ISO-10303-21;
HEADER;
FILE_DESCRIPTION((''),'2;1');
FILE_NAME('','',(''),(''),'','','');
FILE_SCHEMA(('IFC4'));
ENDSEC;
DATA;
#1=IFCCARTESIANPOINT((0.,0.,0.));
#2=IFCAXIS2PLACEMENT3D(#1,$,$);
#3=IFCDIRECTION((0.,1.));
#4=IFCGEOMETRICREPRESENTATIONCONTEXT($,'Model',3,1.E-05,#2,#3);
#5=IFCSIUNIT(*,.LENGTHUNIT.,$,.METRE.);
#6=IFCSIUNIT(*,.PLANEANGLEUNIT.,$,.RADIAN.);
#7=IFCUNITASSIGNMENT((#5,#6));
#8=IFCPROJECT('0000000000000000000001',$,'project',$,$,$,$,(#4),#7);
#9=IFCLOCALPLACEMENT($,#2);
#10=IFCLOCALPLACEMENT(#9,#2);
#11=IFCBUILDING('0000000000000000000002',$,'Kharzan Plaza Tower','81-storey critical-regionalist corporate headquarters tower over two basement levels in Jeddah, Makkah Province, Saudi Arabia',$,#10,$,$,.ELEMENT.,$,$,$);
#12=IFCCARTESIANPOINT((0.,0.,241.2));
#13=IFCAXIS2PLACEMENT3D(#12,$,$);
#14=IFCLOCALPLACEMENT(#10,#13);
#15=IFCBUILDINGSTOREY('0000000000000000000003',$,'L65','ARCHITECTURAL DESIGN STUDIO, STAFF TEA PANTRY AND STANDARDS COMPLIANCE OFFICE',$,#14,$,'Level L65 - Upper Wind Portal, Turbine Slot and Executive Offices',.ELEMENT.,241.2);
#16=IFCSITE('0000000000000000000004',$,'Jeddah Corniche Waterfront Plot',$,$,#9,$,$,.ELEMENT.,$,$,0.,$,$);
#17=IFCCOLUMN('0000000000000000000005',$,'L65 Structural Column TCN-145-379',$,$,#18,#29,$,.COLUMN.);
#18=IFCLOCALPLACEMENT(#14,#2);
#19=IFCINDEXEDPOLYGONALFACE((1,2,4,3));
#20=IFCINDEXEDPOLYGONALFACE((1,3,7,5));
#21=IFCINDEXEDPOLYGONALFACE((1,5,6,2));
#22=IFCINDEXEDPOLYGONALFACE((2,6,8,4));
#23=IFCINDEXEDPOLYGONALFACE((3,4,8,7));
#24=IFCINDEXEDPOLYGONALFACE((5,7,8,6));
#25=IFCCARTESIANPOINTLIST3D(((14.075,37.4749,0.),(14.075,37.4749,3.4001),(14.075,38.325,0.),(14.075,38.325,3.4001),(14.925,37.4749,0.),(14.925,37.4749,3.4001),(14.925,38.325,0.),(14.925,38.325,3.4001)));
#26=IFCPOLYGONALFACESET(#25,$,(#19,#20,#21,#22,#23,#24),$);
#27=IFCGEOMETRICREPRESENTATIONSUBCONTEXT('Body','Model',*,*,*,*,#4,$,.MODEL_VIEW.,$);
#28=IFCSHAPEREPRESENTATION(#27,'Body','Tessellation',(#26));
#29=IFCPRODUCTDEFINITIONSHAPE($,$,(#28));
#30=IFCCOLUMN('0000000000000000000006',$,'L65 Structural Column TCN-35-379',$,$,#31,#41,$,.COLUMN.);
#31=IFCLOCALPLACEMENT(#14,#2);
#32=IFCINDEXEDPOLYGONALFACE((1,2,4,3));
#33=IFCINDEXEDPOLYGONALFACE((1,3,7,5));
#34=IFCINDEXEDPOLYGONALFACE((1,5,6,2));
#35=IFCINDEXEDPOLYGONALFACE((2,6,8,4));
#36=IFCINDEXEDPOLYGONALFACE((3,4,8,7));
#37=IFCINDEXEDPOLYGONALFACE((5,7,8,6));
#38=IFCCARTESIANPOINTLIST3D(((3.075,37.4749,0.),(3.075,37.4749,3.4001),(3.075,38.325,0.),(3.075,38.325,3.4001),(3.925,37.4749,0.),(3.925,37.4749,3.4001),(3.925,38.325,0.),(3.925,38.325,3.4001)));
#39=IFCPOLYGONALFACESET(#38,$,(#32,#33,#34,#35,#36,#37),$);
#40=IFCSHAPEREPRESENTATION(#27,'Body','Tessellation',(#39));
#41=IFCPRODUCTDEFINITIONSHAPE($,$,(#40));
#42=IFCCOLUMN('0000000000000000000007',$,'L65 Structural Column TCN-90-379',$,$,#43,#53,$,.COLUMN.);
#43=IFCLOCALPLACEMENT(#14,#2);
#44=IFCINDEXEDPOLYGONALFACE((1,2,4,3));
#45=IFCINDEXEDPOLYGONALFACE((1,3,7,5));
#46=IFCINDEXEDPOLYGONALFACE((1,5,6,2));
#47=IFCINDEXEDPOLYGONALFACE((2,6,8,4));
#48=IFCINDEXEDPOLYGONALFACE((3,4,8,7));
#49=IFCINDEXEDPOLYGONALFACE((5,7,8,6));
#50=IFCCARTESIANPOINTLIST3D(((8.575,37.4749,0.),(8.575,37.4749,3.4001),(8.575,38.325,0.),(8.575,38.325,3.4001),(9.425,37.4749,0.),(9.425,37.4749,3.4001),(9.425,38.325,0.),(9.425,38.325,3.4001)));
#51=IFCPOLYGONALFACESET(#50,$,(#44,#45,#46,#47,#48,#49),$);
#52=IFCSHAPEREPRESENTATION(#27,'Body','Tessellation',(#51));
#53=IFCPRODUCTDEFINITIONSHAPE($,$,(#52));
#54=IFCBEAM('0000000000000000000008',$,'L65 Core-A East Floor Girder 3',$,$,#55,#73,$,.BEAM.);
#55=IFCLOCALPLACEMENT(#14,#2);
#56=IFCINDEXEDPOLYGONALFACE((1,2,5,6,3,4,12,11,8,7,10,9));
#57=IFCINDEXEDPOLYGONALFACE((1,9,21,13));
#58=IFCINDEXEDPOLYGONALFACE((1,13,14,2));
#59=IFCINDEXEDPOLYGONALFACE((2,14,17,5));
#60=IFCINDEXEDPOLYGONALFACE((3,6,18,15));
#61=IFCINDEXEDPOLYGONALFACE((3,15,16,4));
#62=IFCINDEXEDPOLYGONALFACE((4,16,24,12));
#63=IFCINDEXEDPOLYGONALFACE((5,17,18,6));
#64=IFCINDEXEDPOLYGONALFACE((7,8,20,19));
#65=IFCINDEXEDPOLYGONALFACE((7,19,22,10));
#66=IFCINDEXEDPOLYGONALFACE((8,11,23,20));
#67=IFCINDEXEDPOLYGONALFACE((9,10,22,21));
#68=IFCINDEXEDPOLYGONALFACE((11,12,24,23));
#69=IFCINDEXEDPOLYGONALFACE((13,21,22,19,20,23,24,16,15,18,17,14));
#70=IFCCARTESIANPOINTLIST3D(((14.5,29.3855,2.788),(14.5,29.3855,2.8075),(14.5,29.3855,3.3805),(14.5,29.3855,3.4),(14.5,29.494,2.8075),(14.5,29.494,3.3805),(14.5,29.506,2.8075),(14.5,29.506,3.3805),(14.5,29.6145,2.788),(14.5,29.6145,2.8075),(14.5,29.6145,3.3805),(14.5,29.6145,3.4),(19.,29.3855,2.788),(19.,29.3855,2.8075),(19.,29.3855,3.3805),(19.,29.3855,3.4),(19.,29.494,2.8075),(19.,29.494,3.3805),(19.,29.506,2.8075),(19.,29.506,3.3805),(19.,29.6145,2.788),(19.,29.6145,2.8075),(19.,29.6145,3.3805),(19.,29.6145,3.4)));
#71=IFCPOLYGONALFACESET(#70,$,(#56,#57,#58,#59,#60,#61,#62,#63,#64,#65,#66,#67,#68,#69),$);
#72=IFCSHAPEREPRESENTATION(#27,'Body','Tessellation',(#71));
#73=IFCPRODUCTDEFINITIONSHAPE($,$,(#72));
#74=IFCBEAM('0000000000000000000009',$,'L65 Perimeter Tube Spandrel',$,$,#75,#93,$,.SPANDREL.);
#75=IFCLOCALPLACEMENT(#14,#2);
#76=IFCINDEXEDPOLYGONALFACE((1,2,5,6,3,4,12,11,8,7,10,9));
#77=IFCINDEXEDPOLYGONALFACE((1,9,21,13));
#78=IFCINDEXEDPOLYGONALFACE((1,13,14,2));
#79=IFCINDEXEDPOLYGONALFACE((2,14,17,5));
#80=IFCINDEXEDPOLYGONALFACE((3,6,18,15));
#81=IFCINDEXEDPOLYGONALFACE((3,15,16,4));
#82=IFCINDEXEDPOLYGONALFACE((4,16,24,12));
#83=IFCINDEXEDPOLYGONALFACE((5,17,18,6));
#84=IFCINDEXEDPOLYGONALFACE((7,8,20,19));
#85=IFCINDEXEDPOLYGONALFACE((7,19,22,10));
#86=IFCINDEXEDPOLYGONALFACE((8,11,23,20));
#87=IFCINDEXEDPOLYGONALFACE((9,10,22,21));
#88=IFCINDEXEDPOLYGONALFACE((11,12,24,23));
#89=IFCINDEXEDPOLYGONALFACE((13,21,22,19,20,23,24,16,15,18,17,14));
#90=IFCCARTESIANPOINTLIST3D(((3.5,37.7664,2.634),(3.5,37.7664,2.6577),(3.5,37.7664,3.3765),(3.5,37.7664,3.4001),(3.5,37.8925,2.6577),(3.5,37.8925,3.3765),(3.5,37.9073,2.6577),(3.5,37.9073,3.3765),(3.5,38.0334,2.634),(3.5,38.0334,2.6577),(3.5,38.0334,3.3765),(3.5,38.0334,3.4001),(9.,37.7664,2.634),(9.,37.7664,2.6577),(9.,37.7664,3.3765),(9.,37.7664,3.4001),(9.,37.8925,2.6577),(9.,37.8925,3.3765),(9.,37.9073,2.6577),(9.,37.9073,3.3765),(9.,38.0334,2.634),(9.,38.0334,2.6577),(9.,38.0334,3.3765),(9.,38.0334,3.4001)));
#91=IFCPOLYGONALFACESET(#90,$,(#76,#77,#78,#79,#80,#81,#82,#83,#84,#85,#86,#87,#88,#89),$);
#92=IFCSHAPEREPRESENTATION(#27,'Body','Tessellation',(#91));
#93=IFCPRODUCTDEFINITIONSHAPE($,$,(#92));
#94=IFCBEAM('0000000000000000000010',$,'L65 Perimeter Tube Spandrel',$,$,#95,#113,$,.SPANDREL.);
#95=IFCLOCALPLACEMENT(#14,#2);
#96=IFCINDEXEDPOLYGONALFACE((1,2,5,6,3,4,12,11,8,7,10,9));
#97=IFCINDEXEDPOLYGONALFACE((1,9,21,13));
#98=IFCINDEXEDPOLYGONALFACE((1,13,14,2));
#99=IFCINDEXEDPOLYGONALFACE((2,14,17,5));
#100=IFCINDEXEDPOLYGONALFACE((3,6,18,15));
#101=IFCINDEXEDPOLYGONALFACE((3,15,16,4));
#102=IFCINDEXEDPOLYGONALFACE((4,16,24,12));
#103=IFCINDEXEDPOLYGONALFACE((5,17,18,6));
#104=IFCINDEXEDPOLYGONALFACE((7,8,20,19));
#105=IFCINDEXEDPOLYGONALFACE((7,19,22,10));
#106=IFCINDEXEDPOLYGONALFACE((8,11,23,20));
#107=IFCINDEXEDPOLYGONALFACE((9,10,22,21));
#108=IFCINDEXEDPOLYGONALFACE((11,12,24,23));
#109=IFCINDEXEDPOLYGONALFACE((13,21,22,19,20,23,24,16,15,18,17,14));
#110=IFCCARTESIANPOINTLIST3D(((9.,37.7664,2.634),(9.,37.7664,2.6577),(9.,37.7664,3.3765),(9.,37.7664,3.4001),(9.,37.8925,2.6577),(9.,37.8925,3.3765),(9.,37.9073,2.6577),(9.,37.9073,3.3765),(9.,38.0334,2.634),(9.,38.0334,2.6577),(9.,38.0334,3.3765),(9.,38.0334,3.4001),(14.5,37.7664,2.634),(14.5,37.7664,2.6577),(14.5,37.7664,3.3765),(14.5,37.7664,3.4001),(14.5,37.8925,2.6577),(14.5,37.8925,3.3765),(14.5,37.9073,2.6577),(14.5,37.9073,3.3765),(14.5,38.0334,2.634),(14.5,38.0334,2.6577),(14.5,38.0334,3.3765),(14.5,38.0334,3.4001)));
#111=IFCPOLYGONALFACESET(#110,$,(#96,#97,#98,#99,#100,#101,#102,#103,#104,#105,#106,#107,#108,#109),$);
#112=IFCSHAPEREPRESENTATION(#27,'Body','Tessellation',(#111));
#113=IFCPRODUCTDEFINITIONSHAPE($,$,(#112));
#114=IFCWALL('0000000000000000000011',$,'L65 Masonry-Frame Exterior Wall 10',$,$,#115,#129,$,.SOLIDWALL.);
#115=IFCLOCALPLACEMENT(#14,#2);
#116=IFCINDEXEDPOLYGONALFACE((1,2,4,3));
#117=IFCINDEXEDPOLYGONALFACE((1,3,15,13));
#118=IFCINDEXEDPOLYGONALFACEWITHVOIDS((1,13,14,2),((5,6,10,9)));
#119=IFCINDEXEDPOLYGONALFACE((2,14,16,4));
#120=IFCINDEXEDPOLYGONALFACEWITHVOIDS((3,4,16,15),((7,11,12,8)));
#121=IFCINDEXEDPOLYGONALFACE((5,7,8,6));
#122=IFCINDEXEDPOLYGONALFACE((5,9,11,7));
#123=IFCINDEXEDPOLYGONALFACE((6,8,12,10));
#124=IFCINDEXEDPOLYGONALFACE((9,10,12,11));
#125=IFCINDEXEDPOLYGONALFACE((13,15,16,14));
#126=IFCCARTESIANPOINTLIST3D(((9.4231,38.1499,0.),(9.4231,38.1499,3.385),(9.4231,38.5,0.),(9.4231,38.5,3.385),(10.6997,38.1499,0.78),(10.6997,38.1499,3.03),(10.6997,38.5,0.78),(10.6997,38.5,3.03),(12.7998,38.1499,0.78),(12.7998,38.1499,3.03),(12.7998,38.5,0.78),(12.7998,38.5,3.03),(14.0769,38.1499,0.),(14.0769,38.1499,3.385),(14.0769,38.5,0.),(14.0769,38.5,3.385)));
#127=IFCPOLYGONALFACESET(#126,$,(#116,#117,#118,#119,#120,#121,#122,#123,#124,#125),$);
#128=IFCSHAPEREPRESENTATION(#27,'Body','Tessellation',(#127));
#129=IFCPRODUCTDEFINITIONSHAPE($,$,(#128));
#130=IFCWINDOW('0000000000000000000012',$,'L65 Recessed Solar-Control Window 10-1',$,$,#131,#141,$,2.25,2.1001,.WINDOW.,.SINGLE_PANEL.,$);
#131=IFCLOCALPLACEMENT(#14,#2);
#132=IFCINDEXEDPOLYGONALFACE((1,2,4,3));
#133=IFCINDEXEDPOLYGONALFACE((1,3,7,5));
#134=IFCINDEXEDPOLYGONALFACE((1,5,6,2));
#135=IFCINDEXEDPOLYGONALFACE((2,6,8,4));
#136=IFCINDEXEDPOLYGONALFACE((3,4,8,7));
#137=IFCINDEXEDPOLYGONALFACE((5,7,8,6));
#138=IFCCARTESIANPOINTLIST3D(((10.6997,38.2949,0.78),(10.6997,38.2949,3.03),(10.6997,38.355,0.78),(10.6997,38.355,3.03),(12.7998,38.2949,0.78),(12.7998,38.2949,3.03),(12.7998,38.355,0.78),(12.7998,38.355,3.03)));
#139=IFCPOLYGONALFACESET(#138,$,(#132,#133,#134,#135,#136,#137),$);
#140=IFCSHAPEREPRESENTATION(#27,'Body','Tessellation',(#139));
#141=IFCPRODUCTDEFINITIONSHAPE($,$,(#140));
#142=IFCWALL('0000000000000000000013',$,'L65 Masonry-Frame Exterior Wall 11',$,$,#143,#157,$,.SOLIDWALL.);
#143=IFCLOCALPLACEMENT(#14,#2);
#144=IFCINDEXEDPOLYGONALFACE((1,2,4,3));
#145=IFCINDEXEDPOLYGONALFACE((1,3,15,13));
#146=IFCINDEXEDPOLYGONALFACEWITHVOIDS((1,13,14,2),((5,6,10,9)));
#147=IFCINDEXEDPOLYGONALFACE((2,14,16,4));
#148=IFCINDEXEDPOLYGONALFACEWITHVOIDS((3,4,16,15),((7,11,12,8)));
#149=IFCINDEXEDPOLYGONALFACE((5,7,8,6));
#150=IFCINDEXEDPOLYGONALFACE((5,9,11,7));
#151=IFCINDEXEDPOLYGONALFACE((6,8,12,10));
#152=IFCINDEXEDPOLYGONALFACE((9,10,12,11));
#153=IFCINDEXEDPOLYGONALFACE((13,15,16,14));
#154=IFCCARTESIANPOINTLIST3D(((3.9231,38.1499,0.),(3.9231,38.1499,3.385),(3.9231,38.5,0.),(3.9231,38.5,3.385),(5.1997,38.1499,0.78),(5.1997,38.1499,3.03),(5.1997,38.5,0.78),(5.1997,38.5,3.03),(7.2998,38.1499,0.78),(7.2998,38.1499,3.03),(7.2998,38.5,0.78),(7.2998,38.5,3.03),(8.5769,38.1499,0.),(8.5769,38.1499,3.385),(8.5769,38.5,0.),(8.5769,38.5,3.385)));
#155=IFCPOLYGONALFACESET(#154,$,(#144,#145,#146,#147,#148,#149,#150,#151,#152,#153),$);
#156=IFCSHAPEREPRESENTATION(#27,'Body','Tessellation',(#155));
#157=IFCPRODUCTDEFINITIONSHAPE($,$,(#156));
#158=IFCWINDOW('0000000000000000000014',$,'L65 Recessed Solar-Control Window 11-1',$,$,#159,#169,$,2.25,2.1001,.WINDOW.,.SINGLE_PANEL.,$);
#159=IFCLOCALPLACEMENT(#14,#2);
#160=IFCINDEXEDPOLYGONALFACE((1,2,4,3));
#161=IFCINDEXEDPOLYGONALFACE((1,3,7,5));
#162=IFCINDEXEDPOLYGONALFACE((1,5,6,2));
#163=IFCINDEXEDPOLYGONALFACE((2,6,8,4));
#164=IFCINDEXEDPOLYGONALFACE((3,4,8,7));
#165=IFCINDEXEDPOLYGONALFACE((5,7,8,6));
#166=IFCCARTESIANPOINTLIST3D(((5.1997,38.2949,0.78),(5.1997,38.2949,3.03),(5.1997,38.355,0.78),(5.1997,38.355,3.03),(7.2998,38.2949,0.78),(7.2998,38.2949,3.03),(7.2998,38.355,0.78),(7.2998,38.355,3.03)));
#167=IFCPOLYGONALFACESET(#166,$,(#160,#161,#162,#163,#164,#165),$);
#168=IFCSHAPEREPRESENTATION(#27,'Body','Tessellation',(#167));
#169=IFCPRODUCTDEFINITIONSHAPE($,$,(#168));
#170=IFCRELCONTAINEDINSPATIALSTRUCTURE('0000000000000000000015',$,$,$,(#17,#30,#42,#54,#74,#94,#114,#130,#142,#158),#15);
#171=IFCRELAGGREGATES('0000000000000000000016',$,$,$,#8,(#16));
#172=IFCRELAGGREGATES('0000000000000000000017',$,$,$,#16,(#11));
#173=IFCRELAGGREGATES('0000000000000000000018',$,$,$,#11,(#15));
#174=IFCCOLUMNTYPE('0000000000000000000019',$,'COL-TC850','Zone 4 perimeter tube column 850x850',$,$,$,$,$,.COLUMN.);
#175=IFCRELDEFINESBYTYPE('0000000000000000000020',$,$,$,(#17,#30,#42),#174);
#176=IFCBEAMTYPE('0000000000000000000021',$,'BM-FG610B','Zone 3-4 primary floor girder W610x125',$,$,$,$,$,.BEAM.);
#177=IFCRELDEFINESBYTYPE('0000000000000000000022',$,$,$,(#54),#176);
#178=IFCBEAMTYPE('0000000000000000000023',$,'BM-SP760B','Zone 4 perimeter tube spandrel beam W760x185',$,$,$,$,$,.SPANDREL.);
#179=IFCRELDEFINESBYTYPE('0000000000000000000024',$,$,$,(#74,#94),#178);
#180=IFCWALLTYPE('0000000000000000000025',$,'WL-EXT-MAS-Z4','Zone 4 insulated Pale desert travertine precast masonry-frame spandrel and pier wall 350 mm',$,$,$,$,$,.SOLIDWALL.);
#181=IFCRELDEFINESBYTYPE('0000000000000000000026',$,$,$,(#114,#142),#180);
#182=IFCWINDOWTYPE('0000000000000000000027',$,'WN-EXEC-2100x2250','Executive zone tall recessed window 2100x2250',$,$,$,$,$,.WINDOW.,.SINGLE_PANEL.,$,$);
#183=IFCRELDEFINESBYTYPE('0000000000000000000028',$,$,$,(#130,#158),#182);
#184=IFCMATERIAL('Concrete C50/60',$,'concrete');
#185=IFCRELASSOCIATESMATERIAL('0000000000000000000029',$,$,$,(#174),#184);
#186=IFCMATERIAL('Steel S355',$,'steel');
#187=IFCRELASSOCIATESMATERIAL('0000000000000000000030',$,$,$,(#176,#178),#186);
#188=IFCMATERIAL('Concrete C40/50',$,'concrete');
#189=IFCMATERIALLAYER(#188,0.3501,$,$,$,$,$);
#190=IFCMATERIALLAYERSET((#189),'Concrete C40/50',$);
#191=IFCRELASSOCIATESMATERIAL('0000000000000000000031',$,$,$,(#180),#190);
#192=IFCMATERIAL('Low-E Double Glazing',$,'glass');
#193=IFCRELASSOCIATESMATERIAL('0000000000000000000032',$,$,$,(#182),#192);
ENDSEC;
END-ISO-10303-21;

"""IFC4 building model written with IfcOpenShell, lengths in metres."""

from ifc_helpers import new_model, si_unit, direction, frame, frame_2d, origin, origin_2d, place, context, subcontext, project, spatial, rectangle, i_section, extrude, source, transform, mapped, material, layer, layer_set, material_profile, profile_set, type_object, element, fill, save


model = new_model("IFC4")

# Units and contexts
model_context = context("Model", 3, precision=1e-05, world=origin(), true_north=direction((0.0, 1.0)))
body_context = subcontext(model_context, "Body", "Model", "MODEL_VIEW")
ifc_project = project(units=[si_unit("LENGTHUNIT", "METRE"), si_unit("PLANEANGLEUNIT", "RADIAN")], contexts=[model_context])

# Site, building, storey
site_placement = place(None, origin())
site = spatial("IfcSite", under=ifc_project, at=site_placement, Name="Jeddah Corniche Waterfront Plot", CompositionType="ELEMENT", RefElevation=0.0)
building_placement = place(site_placement, origin())
building = spatial("IfcBuilding", under=site, at=building_placement, Name="Kharzan Plaza Tower", Description="81-storey critical-regionalist corporate headquarters tower over two basement levels in Jeddah, Makkah Province, Saudi Arabia", CompositionType="ELEMENT")
storey_placement = place(building_placement, frame((0.0, 0.0, 241.2)))
storey = spatial("IfcBuildingStorey", under=building, at=storey_placement, Name="L65", Description="ARCHITECTURAL DESIGN STUDIO, STAFF TEA PANTRY AND STANDARDS COMPLIANCE OFFICE", LongName="Level L65 - Upper Wind Portal, Turbine Slot and Executive Offices", CompositionType="ELEMENT", Elevation=241.2)

# Columns
ifc_material_1 = material(Name="Concrete C50/60", Category="concrete")
ifc_material_profile_1 = material_profile(ifc_material_1, rectangle(XDim=0.8501, YDim=0.8501, at=origin_2d()), Name="RC-TC850x850")
ifc_profile_set_1 = profile_set([ifc_material_profile_1], Name="Concrete C50/60")
column_type = type_object("IfcColumnType", Name="COL-TC850", Description="Zone 4 perimeter tube column 850x850", PredefinedType="COLUMN", material=ifc_profile_set_1)
shared_shape_1 = source(origin(), body_context, "Body", "SweptSolid", [
    extrude(rectangle(XDim=0.8501, YDim=0.8501, at=origin_2d()), origin(), (0.0, 0.0, 1.0), 3.4001),
])
for number, where, z_axis, x_axis, name in (
    (1, (14.5, 37.8999, 0.0), (0.0, 0.0, 1.0), (1.0, 0.0, 0.0), "L65 Structural Column TCN-145-379"),
    (2, (3.5, 37.8999, 0.0), (0.0, 0.0, 1.0), (1.0, 0.0, 0.0), "L65 Structural Column TCN-35-379"),
    (3, (9.0, 37.8999, 0.0), (0.0, 0.0, 1.0), (1.0, 0.0, 0.0), "L65 Structural Column TCN-90-379"),
):
    element("IfcColumn", number, at=place(storey_placement, frame(where, z_axis=z_axis, x_axis=x_axis)), inside=storey, type_object=column_type, Name=name, PredefinedType="COLUMN", context=body_context, shape_type="MappedRepresentation", body=[
        mapped(shared_shape_1, transform((0.0, 0.0, 0.0), x_axis=(1.0, 0.0, 0.0), y_axis=(0.0, 1.0, 0.0), z_axis=(0.0, 0.0, 1.0))),
    ])

# Beams
ifc_material_2 = material(Name="Steel S355", Category="steel")
ifc_material_profile_2 = material_profile(ifc_material_2, i_section(OverallWidth=0.229, OverallDepth=0.6121, WebThickness=0.012, FlangeThickness=0.0195, at=origin_2d()), Name="W610x125")
ifc_profile_set_2 = profile_set([ifc_material_profile_2], Name="Steel S355")
beam_type_1 = type_object("IfcBeamType", Name="BM-FG610B", Description="Zone 3-4 primary floor girder W610x125", PredefinedType="BEAM", material=ifc_profile_set_2)
shared_shape_2 = source(origin(), body_context, "Body", "SweptSolid", [
    extrude(i_section(OverallWidth=0.229, OverallDepth=0.6121, WebThickness=0.012, FlangeThickness=0.0195, at=origin_2d()), origin(), (0.0, 0.0, 1.0), 4.5),
])
beam_placement = place(storey_placement, frame((14.5, 29.5, 3.094), z_axis=(1.0, 0.0, 0.0), x_axis=(0.0, 1.0, 0.0)))
element("IfcBeam", 4, at=beam_placement, inside=storey, type_object=beam_type_1, Name="L65 Core-A East Floor Girder 3", PredefinedType="BEAM", context=body_context, shape_type="MappedRepresentation", body=[
    mapped(shared_shape_2, transform((0.0, 0.0, 0.0), x_axis=(1.0, 0.0, 0.0), y_axis=(0.0, 1.0, 0.0), z_axis=(0.0, 0.0, 1.0))),
])
ifc_material_profile_3 = material_profile(ifc_material_2, i_section(OverallWidth=0.2671, OverallDepth=0.7661, WebThickness=0.0149, FlangeThickness=0.0237, at=origin_2d()), Name="W760x185")
ifc_profile_set_3 = profile_set([ifc_material_profile_3], Name="Steel S355")
beam_type_2 = type_object("IfcBeamType", Name="BM-SP760B", Description="Zone 4 perimeter tube spandrel beam W760x185", PredefinedType="SPANDREL", material=ifc_profile_set_3)
shared_shape_3 = source(origin(), body_context, "Body", "SweptSolid", [
    extrude(i_section(OverallWidth=0.2671, OverallDepth=0.7661, WebThickness=0.0149, FlangeThickness=0.0237, at=origin_2d()), origin(), (0.0, 0.0, 1.0), 5.5),
])
for number, where, z_axis, x_axis, name in (
    (5, (3.5, 37.8999, 3.0171), (1.0, 0.0, 0.0), (0.0, 1.0, 0.0), "L65 Perimeter Tube Spandrel"),
    (6, (9.0, 37.8999, 3.0171), (1.0, 0.0, 0.0), (0.0, 1.0, 0.0), "L65 Perimeter Tube Spandrel"),
):
    element("IfcBeam", number, at=place(storey_placement, frame(where, z_axis=z_axis, x_axis=x_axis)), inside=storey, type_object=beam_type_2, Name=name, PredefinedType="SPANDREL", context=body_context, shape_type="MappedRepresentation", body=[
        mapped(shared_shape_3, transform((0.0, 0.0, 0.0), x_axis=(1.0, 0.0, 0.0), y_axis=(0.0, 1.0, 0.0), z_axis=(0.0, 0.0, 1.0))),
    ])

# Walls, openings, windows
ifc_material_3 = material(Name="Concrete C40/50", Category="concrete")
ifc_layer_1 = layer(ifc_material_3, 0.3501)
ifc_layer_set_1 = layer_set([ifc_layer_1], Name="Concrete C40/50")
wall_type_1 = type_object("IfcWallType", Name="WL-EXT-MAS-Z4", Description="Zone 4 insulated Pale desert travertine precast masonry-frame spandrel and pier wall 350 mm", PredefinedType="SOLIDWALL", material=ifc_layer_set_1)
wall_1_placement = place(storey_placement, frame((14.0769, 38.325, 0.0), z_axis=(0.0, 0.0, 1.0), x_axis=(-1.0, 0.0, 0.0)))
wall_1 = element("IfcWall", 7, at=wall_1_placement, inside=storey, type_object=wall_type_1, Name="L65 Masonry-Frame Exterior Wall 10", PredefinedType="SOLIDWALL", context=body_context, shape_type="SweptSolid", body=[
    extrude(rectangle(XDim=4.6538, YDim=0.3501, at=frame_2d((2.3269, 0.0))), origin(), (0.0, 0.0, 1.0), 3.385),
])
opening_1_placement = place(wall_1_placement, frame((1.2771, 0.0, 0.78)))
opening_1 = element("IfcOpeningElement", 8, at=opening_1_placement, cuts=wall_1, PredefinedType="OPENING", context=body_context, shape_type="SweptSolid", body=[
    extrude(rectangle(XDim=2.1001, YDim=2.25, at=frame_2d((1.05, 1.125))), frame((0.0, 0.1851, 0.0), z_axis=(0.0, -1.0, 0.0), x_axis=(1.0, 0.0, 0.0)), (0.0, 0.0, 1.0), 0.3701),
])
ifc_material_4 = material(Name="Low-E Double Glazing", Category="glass")
window_type_1 = type_object("IfcWindowType", Name="WN-EXEC-2100x2250", Description="Executive zone tall recessed window 2100x2250", PartitioningType="SINGLE_PANEL", PredefinedType="WINDOW", material=ifc_material_4)
shared_shape_4 = source(origin(), body_context, "Body", "SweptSolid", [
    extrude(rectangle(XDim=2.1001, YDim=2.25, at=frame_2d((1.05, 1.125))), frame((0.0, 0.03, 0.0), z_axis=(0.0, -1.0, 0.0), x_axis=(1.0, 0.0, 0.0)), (0.0, 0.0, 1.0), 0.0601),
])
window_1_placement = place(opening_1_placement, origin())
window_1 = element("IfcWindow", 9, at=window_1_placement, inside=storey, type_object=window_type_1, Name="L65 Recessed Solar-Control Window 10-1", OverallHeight=2.25, OverallWidth=2.1001, PartitioningType="SINGLE_PANEL", PredefinedType="WINDOW", context=body_context, shape_type="MappedRepresentation", body=[
    mapped(shared_shape_4, transform((0.0, 0.0, 0.0), x_axis=(1.0, 0.0, 0.0), y_axis=(0.0, 1.0, 0.0), z_axis=(0.0, 0.0, 1.0))),
])
fill(opening_1, window_1)
wall_2_placement = place(storey_placement, frame((8.5769, 38.325, 0.0), z_axis=(0.0, 0.0, 1.0), x_axis=(-1.0, 0.0, 0.0)))
wall_2 = element("IfcWall", 10, at=wall_2_placement, inside=storey, type_object=wall_type_1, Name="L65 Masonry-Frame Exterior Wall 11", PredefinedType="SOLIDWALL", context=body_context, shape_type="SweptSolid", body=[
    extrude(rectangle(XDim=4.6538, YDim=0.3501, at=frame_2d((2.3269, 0.0))), origin(), (0.0, 0.0, 1.0), 3.385),
])
opening_2_placement = place(wall_2_placement, frame((1.2771, 0.0, 0.78)))
opening_2 = element("IfcOpeningElement", 11, at=opening_2_placement, cuts=wall_2, PredefinedType="OPENING", context=body_context, shape_type="SweptSolid", body=[
    extrude(rectangle(XDim=2.1001, YDim=2.25, at=frame_2d((1.05, 1.125))), frame((0.0, 0.1851, 0.0), z_axis=(0.0, -1.0, 0.0), x_axis=(1.0, 0.0, 0.0)), (0.0, 0.0, 1.0), 0.3701),
])
window_2_placement = place(opening_2_placement, origin())
window_2 = element("IfcWindow", 12, at=window_2_placement, inside=storey, type_object=window_type_1, Name="L65 Recessed Solar-Control Window 11-1", OverallHeight=2.25, OverallWidth=2.1001, PartitioningType="SINGLE_PANEL", PredefinedType="WINDOW", context=body_context, shape_type="MappedRepresentation", body=[
    mapped(shared_shape_4, transform((0.0, 0.0, 0.0), x_axis=(1.0, 0.0, 0.0), y_axis=(0.0, 1.0, 0.0), z_axis=(0.0, 0.0, 1.0))),
])
fill(opening_2, window_2)

save(model, "model.ifc")
